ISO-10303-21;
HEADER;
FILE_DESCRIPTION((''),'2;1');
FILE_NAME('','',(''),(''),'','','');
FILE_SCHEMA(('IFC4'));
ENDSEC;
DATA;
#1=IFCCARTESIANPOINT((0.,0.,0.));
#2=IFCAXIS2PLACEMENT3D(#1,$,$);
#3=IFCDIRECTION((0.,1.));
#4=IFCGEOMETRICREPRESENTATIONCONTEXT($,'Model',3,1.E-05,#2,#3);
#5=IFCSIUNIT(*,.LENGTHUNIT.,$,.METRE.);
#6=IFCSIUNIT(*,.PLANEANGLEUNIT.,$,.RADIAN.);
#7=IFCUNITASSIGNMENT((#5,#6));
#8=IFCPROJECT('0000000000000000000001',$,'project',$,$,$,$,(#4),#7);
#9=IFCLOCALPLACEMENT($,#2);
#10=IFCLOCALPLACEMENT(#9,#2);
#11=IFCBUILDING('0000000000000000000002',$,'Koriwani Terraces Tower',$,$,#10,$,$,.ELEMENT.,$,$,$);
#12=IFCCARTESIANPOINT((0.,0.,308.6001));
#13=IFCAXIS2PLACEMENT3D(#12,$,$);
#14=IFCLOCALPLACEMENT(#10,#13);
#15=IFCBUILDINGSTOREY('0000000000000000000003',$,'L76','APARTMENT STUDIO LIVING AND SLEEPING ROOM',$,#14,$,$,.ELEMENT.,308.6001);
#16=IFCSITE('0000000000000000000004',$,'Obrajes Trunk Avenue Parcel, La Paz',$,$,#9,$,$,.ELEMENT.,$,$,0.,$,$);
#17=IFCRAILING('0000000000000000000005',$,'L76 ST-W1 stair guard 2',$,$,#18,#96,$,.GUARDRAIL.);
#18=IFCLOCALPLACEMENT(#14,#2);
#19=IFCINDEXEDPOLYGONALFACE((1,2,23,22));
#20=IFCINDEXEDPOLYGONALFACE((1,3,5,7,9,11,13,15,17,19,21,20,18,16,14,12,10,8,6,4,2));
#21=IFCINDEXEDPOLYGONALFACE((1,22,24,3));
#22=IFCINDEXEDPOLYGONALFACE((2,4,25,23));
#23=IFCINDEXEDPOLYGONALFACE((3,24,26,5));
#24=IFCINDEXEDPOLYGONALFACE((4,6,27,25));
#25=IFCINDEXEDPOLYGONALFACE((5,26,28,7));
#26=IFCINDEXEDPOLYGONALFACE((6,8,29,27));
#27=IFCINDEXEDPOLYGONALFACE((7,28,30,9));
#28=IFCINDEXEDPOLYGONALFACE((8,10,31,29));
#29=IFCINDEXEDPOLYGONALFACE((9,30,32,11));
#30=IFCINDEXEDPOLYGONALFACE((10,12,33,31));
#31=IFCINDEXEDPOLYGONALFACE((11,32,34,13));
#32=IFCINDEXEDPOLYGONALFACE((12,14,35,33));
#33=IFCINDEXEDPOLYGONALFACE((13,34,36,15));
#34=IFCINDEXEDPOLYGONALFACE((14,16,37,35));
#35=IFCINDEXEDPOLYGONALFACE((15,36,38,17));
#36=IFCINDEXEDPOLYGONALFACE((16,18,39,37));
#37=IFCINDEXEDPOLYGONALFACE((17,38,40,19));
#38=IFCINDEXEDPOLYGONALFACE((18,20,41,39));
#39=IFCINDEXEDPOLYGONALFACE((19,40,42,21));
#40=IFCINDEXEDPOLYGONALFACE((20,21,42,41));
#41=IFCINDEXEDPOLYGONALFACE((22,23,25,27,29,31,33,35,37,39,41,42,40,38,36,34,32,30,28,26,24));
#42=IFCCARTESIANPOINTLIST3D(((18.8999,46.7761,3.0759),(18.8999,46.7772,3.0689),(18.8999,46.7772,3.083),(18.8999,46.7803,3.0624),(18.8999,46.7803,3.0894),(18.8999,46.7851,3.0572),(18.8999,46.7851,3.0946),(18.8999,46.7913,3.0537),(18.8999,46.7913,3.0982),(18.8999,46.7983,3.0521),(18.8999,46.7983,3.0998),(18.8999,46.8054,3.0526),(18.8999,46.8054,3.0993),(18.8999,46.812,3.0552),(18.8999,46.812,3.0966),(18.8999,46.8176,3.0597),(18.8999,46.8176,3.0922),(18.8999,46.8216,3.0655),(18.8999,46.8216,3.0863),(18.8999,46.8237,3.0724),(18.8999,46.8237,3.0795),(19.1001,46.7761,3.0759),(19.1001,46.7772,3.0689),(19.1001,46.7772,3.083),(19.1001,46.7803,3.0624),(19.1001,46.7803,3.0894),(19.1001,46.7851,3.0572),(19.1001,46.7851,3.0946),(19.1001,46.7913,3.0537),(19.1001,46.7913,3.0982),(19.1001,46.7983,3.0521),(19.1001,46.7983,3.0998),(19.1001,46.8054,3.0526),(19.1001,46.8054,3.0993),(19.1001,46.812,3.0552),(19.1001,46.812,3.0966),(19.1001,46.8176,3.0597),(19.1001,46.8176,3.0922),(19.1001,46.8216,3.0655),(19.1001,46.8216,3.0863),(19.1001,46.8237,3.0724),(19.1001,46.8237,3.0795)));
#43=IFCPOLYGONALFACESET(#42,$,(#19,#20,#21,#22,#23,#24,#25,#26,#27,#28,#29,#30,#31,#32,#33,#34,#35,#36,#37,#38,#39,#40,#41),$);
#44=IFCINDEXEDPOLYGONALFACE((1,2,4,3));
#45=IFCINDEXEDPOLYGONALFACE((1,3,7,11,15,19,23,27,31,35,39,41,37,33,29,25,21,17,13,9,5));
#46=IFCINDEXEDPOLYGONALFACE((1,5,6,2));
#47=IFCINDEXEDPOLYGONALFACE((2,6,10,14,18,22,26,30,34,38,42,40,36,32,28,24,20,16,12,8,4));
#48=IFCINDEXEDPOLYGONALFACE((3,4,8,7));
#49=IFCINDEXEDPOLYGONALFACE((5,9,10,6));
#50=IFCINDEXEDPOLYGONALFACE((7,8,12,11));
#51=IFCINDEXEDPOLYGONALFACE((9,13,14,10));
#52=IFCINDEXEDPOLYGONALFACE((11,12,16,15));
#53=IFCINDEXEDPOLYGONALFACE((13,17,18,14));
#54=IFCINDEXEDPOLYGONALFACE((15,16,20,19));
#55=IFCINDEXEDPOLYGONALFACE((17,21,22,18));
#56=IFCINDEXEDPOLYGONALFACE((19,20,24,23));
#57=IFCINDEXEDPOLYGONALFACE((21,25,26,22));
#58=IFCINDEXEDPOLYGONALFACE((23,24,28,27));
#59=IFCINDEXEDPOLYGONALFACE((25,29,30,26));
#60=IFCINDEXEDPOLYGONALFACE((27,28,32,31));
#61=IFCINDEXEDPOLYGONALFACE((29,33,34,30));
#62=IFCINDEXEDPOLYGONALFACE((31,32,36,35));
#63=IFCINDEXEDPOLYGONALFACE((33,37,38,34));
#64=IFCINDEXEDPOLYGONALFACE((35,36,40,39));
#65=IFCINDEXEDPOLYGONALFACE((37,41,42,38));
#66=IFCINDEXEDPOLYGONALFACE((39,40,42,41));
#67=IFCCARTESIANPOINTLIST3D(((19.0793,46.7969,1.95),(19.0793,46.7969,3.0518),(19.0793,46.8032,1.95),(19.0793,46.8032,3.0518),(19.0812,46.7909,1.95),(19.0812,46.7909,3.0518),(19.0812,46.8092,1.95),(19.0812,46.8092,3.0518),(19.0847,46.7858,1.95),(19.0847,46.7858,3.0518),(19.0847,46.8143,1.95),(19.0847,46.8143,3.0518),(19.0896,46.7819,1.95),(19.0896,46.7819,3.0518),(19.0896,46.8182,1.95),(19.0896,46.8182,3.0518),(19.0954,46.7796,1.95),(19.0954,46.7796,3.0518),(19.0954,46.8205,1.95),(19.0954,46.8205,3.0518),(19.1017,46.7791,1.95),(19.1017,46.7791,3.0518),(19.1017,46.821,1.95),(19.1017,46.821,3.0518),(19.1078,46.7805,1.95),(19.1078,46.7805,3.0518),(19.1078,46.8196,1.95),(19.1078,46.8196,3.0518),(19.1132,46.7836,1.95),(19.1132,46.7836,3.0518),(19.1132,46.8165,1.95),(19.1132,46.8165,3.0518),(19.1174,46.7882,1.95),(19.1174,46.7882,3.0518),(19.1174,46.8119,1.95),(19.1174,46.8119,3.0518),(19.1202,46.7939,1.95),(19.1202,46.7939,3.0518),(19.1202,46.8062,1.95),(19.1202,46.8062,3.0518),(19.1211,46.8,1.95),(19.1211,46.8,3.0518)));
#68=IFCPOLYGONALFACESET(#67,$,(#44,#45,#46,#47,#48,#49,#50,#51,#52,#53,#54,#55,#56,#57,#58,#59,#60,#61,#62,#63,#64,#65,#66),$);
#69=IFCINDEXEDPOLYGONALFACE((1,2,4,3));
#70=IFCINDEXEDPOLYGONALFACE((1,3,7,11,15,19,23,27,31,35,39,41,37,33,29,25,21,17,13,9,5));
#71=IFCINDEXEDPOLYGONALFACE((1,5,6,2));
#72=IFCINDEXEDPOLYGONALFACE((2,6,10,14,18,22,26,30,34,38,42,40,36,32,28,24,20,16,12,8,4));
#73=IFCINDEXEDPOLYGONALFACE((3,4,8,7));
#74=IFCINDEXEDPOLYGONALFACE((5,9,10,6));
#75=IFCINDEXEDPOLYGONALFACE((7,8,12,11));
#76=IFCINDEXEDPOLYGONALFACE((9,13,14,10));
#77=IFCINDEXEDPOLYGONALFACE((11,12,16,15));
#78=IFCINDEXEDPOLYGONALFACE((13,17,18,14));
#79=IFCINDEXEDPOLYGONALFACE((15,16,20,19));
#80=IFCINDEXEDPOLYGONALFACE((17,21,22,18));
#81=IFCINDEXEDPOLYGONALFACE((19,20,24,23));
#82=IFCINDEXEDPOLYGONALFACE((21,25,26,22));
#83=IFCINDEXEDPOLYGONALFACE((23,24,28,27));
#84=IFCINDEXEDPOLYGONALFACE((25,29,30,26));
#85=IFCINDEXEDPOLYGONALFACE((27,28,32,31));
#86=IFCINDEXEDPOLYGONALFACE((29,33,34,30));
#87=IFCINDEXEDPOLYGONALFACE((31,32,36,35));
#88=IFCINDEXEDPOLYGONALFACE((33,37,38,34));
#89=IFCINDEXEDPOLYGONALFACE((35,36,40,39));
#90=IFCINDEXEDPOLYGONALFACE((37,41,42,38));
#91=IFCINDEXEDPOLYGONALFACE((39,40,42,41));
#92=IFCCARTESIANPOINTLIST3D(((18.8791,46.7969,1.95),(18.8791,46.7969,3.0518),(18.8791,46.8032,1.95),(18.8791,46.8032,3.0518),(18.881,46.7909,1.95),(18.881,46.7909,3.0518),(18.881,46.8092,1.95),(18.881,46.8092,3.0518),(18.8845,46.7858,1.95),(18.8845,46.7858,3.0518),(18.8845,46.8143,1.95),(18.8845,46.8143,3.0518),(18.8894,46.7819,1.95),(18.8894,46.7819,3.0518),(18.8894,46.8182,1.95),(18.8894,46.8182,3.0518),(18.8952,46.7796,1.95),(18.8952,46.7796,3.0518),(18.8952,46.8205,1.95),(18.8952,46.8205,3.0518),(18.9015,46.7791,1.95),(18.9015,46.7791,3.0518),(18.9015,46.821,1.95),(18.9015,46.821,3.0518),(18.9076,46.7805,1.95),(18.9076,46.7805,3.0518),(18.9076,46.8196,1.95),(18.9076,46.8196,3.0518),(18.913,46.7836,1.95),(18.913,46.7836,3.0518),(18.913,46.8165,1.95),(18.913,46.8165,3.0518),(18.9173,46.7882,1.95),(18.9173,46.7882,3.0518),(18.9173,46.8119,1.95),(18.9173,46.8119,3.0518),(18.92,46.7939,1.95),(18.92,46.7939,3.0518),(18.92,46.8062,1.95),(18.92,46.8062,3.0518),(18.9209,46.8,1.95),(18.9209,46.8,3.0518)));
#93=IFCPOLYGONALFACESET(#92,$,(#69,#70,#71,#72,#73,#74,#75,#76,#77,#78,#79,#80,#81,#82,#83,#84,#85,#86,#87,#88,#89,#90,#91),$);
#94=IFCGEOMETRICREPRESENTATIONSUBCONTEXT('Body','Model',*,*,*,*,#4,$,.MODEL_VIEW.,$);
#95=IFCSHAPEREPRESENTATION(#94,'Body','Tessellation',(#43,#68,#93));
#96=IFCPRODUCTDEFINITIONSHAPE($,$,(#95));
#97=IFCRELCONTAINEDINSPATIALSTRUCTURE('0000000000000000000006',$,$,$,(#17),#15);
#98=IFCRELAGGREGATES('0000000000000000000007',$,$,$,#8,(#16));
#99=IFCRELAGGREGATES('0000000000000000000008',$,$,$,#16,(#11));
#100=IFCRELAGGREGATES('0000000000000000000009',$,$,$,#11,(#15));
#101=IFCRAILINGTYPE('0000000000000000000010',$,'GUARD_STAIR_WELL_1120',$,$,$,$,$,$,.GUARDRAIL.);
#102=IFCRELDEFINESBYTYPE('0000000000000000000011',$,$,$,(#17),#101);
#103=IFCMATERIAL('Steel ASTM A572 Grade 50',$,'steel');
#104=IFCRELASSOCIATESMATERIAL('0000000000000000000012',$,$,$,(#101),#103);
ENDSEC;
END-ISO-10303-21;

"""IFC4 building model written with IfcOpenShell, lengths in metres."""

from ifc_helpers import new_model, si_unit, direction, frame, origin, origin_2d, place, context, subcontext, project, spatial, circle, extrude, material, type_object, element, save


model = new_model("IFC4")

# Units and contexts
model_context = context("Model", 3, precision=1e-05, world=origin(), true_north=direction((0.0, 1.0)))
body_context = subcontext(model_context, "Body", "Model", "MODEL_VIEW")
ifc_project = project(units=[si_unit("LENGTHUNIT", "METRE"), si_unit("PLANEANGLEUNIT", "RADIAN")], contexts=[model_context])

# Site, building, storey
site_placement = place(None, origin())
site = spatial("IfcSite", under=ifc_project, at=site_placement, Name="Obrajes Trunk Avenue Parcel, La Paz", CompositionType="ELEMENT", RefElevation=0.0)
building_placement = place(site_placement, origin())
building = spatial("IfcBuilding", under=site, at=building_placement, Name="Koriwani Terraces Tower", CompositionType="ELEMENT")
storey_placement = place(building_placement, frame((0.0, 0.0, 308.6001)))
storey = spatial("IfcBuildingStorey", under=building, at=storey_placement, Name="L76", Description="APARTMENT STUDIO LIVING AND SLEEPING ROOM", CompositionType="ELEMENT", Elevation=308.6001)

# Shared definitions
ifc_material_1 = material(Name="Steel ASTM A572 Grade 50", Category="steel")

# Railing
railing_type_1 = type_object("IfcRailingType", Name="GUARD_STAIR_WELL_1120", PredefinedType="GUARDRAIL", material=ifc_material_1)
railing_1_placement = place(storey_placement, frame((19.1001, 46.8, 1.95)))
element("IfcRailing", 1, at=railing_1_placement, inside=storey, type_object=railing_type_1, Name="L76 ST-W1 stair guard 2", PredefinedType="GUARDRAIL", context=body_context, shape_type="SweptSolid", body=[
    extrude(circle(Radius=0.0239, at=origin_2d()), frame((0.0, 0.0, 1.126), z_axis=(-1.0, 0.0, 0.0), x_axis=(0.0, -1.0, 0.0)), (0.0, 0.0, 1.0), 0.2002),
    extrude(circle(Radius=0.021, at=origin_2d()), origin(), (0.0, 0.0, 1.0), 1.1018),
    extrude(circle(Radius=0.021, at=origin_2d()), frame((-0.2002, 0.0, 0.0)), (0.0, 0.0, 1.0), 1.1018),
])

save(model, "model.ifc")
